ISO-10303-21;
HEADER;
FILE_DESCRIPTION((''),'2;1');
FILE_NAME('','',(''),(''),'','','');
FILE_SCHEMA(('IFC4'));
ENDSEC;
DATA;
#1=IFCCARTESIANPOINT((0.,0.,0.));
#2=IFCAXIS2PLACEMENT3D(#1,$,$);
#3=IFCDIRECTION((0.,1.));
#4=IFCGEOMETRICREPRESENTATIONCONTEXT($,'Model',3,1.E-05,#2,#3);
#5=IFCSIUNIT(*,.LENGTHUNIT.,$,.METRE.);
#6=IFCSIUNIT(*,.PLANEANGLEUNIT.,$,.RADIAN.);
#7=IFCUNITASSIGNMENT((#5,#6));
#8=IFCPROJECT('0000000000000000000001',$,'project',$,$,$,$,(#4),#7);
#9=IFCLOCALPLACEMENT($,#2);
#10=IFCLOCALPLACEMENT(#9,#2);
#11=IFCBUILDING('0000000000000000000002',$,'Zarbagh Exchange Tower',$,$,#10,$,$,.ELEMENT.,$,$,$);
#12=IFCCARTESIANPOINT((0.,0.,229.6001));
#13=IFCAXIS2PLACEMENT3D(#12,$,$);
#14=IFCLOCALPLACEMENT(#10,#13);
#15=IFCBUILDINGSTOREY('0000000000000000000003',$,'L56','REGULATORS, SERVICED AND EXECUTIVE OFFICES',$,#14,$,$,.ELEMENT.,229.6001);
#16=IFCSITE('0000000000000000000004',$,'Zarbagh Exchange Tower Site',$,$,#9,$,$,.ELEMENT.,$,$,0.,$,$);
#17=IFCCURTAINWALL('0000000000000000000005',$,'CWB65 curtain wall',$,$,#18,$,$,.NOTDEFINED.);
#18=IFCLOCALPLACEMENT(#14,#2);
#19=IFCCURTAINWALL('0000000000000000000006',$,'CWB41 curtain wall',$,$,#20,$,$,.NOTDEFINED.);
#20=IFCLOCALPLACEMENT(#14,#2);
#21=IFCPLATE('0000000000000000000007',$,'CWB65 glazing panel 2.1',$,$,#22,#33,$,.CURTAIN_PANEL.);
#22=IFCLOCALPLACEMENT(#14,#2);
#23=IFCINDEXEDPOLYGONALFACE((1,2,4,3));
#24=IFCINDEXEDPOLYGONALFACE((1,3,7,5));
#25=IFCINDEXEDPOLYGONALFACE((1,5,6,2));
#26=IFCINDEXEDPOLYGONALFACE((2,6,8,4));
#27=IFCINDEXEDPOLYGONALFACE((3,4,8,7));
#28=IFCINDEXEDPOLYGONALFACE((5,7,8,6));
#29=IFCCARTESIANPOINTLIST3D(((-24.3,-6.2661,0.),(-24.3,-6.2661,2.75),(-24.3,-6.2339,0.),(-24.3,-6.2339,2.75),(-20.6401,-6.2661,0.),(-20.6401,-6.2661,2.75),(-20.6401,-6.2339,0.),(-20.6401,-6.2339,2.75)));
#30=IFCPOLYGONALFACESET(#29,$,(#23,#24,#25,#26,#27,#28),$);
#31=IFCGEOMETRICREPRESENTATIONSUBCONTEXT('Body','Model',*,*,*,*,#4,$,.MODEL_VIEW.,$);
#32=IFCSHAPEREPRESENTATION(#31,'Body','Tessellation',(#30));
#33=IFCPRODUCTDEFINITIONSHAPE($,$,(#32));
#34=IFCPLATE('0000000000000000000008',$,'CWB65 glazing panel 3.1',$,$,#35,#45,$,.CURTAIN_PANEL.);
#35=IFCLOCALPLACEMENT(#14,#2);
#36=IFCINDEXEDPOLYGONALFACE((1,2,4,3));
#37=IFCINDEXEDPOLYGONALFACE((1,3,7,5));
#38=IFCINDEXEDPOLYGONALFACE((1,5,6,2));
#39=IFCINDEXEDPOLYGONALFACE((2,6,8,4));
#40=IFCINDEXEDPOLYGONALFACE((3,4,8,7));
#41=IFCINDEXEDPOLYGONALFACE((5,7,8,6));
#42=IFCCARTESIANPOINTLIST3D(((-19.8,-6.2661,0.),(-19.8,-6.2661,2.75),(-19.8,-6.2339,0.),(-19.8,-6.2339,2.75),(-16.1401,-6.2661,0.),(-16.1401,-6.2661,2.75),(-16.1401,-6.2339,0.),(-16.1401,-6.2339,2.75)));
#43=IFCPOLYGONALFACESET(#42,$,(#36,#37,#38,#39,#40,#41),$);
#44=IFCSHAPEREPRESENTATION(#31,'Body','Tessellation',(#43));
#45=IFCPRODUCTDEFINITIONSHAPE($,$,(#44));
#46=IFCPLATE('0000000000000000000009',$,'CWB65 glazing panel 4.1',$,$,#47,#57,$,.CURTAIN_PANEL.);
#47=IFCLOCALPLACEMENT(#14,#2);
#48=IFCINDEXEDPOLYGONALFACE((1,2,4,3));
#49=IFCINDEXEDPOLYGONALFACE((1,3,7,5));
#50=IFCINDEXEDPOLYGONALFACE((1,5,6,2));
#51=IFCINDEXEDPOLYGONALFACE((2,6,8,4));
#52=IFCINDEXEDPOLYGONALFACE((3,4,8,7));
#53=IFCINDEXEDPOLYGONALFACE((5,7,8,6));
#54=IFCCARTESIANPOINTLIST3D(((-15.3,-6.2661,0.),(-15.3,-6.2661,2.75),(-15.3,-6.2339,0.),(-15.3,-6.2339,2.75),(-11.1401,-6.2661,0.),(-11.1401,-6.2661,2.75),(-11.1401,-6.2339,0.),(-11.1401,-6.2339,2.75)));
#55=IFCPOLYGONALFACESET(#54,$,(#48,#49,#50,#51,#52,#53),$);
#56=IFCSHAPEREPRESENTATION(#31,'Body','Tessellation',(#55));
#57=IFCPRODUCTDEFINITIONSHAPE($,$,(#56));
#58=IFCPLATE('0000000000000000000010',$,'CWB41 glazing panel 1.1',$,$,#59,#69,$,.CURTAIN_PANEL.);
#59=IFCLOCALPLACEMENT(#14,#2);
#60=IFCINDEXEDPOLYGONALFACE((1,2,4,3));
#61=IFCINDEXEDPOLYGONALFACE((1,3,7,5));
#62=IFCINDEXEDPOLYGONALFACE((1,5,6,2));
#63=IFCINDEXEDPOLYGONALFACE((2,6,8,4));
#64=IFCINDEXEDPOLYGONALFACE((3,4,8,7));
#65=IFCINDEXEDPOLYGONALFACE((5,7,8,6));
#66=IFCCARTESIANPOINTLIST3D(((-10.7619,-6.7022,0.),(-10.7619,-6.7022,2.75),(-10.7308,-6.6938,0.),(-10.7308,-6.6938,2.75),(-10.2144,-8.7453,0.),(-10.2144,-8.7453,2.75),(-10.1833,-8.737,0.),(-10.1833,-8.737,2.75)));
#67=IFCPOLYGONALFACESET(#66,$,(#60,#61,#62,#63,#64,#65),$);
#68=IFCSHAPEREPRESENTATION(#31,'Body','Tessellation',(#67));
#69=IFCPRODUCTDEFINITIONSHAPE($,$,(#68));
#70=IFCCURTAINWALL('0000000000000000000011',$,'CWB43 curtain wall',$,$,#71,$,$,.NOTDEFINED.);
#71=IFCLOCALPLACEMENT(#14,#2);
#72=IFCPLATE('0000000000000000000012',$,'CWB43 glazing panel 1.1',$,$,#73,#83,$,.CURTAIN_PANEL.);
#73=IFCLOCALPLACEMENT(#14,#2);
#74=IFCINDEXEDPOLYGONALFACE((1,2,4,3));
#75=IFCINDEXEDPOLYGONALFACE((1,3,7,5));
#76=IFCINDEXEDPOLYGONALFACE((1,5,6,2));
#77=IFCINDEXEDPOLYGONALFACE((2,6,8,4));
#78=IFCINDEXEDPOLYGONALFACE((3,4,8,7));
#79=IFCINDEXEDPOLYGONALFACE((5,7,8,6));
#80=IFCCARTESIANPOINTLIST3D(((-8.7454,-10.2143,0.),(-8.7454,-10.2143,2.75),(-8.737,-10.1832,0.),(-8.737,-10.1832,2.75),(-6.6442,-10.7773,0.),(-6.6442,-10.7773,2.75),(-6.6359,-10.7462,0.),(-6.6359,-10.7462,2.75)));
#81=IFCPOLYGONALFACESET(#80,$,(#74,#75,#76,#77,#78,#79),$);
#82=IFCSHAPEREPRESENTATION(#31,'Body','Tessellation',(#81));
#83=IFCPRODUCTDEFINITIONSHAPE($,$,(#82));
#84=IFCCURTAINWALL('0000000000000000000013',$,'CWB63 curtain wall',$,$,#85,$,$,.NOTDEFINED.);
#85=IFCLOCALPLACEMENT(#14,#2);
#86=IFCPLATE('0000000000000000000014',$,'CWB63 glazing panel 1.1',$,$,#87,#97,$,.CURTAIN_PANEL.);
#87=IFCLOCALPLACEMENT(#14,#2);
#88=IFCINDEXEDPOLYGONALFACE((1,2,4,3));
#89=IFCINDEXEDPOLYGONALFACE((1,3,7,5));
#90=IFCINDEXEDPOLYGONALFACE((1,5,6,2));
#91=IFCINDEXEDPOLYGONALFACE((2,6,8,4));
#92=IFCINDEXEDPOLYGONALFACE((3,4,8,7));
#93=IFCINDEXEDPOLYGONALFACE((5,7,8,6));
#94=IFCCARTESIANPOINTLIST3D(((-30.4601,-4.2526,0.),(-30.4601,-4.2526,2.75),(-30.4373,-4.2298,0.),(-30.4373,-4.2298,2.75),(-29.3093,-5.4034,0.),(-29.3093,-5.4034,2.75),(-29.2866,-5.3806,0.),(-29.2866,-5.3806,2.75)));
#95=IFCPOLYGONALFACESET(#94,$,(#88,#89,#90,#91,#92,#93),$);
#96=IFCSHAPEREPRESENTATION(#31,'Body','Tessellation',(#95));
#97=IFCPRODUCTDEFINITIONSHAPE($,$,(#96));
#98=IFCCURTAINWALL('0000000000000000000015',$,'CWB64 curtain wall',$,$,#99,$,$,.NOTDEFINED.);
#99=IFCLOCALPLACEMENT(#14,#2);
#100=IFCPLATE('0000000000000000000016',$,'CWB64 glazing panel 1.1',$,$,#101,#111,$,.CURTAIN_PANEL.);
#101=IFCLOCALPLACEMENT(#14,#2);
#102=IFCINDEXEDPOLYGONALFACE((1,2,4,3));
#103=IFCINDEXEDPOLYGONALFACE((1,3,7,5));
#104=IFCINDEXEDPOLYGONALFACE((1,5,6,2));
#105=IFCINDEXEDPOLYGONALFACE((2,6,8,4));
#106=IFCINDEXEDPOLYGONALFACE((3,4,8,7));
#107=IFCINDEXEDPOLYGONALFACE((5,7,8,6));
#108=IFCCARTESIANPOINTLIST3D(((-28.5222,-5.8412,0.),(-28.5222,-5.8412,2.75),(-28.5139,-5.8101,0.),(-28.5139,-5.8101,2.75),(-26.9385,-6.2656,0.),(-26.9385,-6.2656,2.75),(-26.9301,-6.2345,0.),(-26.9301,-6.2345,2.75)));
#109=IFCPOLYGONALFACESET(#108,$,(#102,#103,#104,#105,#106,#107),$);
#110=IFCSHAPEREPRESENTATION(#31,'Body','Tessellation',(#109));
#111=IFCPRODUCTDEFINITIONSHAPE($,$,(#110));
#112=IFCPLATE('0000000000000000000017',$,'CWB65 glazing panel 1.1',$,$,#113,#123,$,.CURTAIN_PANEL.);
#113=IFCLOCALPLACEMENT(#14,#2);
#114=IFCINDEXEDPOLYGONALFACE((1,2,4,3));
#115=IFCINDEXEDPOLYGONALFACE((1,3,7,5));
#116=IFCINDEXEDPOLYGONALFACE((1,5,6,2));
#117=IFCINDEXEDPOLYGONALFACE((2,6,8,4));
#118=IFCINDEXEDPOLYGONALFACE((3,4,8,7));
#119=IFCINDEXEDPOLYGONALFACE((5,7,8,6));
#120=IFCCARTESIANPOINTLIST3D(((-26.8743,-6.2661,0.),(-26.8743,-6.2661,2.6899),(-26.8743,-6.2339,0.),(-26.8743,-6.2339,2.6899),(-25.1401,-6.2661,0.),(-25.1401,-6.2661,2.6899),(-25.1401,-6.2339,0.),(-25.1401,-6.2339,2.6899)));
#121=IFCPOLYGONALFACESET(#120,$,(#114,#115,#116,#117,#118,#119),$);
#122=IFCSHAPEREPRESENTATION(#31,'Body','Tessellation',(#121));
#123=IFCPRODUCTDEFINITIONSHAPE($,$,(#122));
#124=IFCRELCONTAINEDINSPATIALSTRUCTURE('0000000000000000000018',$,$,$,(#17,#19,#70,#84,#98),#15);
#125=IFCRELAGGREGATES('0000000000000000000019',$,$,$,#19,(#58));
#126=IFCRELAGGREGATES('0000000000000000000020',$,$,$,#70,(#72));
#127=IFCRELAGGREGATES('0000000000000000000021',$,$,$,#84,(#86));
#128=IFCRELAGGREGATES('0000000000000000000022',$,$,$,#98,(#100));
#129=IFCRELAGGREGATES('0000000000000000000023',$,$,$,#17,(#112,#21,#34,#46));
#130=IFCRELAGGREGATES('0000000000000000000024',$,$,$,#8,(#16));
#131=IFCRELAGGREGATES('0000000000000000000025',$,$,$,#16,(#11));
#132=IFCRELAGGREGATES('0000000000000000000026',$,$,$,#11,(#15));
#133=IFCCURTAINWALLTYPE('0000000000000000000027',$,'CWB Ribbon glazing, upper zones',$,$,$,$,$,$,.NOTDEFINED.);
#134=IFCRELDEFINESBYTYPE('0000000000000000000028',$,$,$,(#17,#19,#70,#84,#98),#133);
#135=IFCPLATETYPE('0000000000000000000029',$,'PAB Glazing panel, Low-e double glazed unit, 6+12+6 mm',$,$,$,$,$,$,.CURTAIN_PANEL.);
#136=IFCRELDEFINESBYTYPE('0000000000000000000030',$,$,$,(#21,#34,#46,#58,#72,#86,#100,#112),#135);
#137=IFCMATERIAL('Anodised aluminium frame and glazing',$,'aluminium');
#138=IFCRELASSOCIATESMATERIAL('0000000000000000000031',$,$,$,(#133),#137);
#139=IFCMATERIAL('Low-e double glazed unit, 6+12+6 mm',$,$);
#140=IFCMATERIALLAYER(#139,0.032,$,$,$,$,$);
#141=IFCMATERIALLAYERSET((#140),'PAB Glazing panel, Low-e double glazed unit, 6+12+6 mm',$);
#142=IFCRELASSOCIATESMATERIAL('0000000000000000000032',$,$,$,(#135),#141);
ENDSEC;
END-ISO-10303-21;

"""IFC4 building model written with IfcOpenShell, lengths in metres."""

from ifc_helpers import new_model, si_unit, direction, frame, origin, place, context, subcontext, project, spatial, polyline, outline, extrude, source, transform, mapped, material, layer, layer_set, type_object, element, aggregate, save


model = new_model("IFC4")

# Units and contexts
model_context = context("Model", 3, precision=1e-05, world=origin(), true_north=direction((0.0, 1.0)))
body_context = subcontext(model_context, "Body", "Model", "MODEL_VIEW")
ifc_project = project(units=[si_unit("LENGTHUNIT", "METRE"), si_unit("PLANEANGLEUNIT", "RADIAN")], contexts=[model_context])

# Site, building, storey
site_placement = place(None, origin())
site = spatial("IfcSite", under=ifc_project, at=site_placement, Name="Zarbagh Exchange Tower Site", CompositionType="ELEMENT", RefElevation=0.0)
building_placement = place(site_placement, origin())
building = spatial("IfcBuilding", under=site, at=building_placement, Name="Zarbagh Exchange Tower", CompositionType="ELEMENT")
storey_placement = place(building_placement, frame((0.0, 0.0, 229.6001)))
storey = spatial("IfcBuildingStorey", under=building, at=storey_placement, Name="L56", Description="REGULATORS, SERVICED AND EXECUTIVE OFFICES", CompositionType="ELEMENT", Elevation=229.6001)

# Shared definitions
ifc_material_1 = material(Name="Anodised aluminium frame and glazing", Category="aluminium")
curtain_wall_type = type_object("IfcCurtainWallType", Name="CWB Ribbon glazing, upper zones", PredefinedType="NOTDEFINED", material=ifc_material_1)
placement = place(storey_placement, origin())

# Curtain wall
curtain_wall_1_placement = place(storey_placement, origin())
curtain_wall_1 = element("IfcCurtainWall", 1, at=curtain_wall_1_placement, inside=storey, type_object=curtain_wall_type, Name="CWB65 curtain wall", PredefinedType="NOTDEFINED")

# Curtain wall
curtain_wall_2_placement = place(storey_placement, origin())
curtain_wall_2 = element("IfcCurtainWall", 2, at=curtain_wall_2_placement, inside=storey, type_object=curtain_wall_type, Name="CWB41 curtain wall", PredefinedType="NOTDEFINED")

# Shared definitions
ifc_material_2 = material(Name="Low-e double glazed unit, 6+12+6 mm")
ifc_layer = layer(ifc_material_2, 0.032)
ifc_layer_set = layer_set([ifc_layer], Name="PAB Glazing panel, Low-e double glazed unit, 6+12+6 mm")
plate_type = type_object("IfcPlateType", Name="PAB Glazing panel, Low-e double glazed unit, 6+12+6 mm", PredefinedType="CURTAIN_PANEL", material=ifc_layer_set)

# Plates
shared_shape_1 = source(origin(), body_context, "Body", "SweptSolid", [
    extrude(outline(polyline([(0.0, -0.0161), (3.6599, -0.0161), (3.6599, 0.0161), (0.0, 0.0161), (0.0, -0.0161)])), origin(), (0.0, 0.0, 1.0), 2.75),
])
plate_1 = element("IfcPlate", 3, at=placement, type_object=plate_type, Name="CWB65 glazing panel 2.1", PredefinedType="CURTAIN_PANEL", context=body_context, shape_type="MappedRepresentation", body=[
    mapped(shared_shape_1, transform((-24.3, -6.25, 0.0), x_axis=(1.0, 0.0, 0.0), y_axis=(0.0, 1.0, 0.0), z_axis=(0.0, 0.0, 1.0))),
])
plate_2 = element("IfcPlate", 4, at=placement, type_object=plate_type, Name="CWB65 glazing panel 3.1", PredefinedType="CURTAIN_PANEL", context=body_context, shape_type="MappedRepresentation", body=[
    mapped(shared_shape_1, transform((-19.8, -6.25, 0.0), x_axis=(1.0, 0.0, 0.0), y_axis=(0.0, 1.0, 0.0), z_axis=(0.0, 0.0, 1.0))),
])
shared_shape_2 = source(origin(), body_context, "Body", "SweptSolid", [
    extrude(outline(polyline([(0.0, -0.0161), (4.1599, -0.0161), (4.1599, 0.0161), (0.0, 0.0161), (0.0, -0.0161)])), origin(), (0.0, 0.0, 1.0), 2.75),
])
plate_3 = element("IfcPlate", 5, at=placement, type_object=plate_type, Name="CWB65 glazing panel 4.1", PredefinedType="CURTAIN_PANEL", context=body_context, shape_type="MappedRepresentation", body=[
    mapped(shared_shape_2, transform((-15.3, -6.25, 0.0), x_axis=(1.0, 0.0, 0.0), y_axis=(0.0, 1.0, 0.0), z_axis=(0.0, 0.0, 1.0))),
])
shared_shape_3 = source(origin(), body_context, "Body", "SweptSolid", [
    extrude(outline(polyline([(0.0, -0.0161), (2.1152, -0.0161), (2.1152, 0.0161), (0.0, 0.0161), (0.0, -0.0161)])), origin(), (0.0, 0.0, 1.0), 2.75),
])
plate_4 = element("IfcPlate", 6, at=placement, type_object=plate_type, Name="CWB41 glazing panel 1.1", PredefinedType="CURTAIN_PANEL", context=body_context, shape_type="MappedRepresentation", body=[
    mapped(shared_shape_3, transform((-10.7463, -6.698, 0.0), x_axis=(0.258825, -0.965924, 0.0), y_axis=(0.965924, 0.258825, 0.0), z_axis=(0.0, 0.0, 1.0))),
])
aggregate(curtain_wall_2, [plate_4])

# Curtain walls, plates
curtain_wall_3_placement = place(storey_placement, origin())
curtain_wall_3 = element("IfcCurtainWall", 7, at=curtain_wall_3_placement, inside=storey, type_object=curtain_wall_type, Name="CWB43 curtain wall", PredefinedType="NOTDEFINED")
shared_shape_4 = source(origin(), body_context, "Body", "SweptSolid", [
    extrude(outline(polyline([(0.0, -0.0161), (2.1753, -0.0161), (2.1753, 0.0161), (0.0, 0.0161), (0.0, -0.0161)])), origin(), (0.0, 0.0, 1.0), 2.75),
])
plate_5 = element("IfcPlate", 8, at=placement, type_object=plate_type, Name="CWB43 glazing panel 1.1", PredefinedType="CURTAIN_PANEL", context=body_context, shape_type="MappedRepresentation", body=[
    mapped(shared_shape_4, transform((-8.7412, -10.1987, 0.0), x_axis=(0.965924, -0.258825, 0.0), y_axis=(0.258825, 0.965924, 0.0), z_axis=(0.0, 0.0, 1.0))),
])
aggregate(curtain_wall_3, [plate_5])
curtain_wall_4_placement = place(storey_placement, origin())
curtain_wall_4 = element("IfcCurtainWall", 9, at=curtain_wall_4_placement, inside=storey, type_object=curtain_wall_type, Name="CWB63 curtain wall", PredefinedType="NOTDEFINED")
shared_shape_5 = source(origin(), body_context, "Body", "SweptSolid", [
    extrude(outline(polyline([(0.0, -0.0161), (1.6274, -0.0161), (1.6274, 0.0161), (0.0, 0.0161), (0.0, -0.0161)])), origin(), (0.0, 0.0, 1.0), 2.75),
])
plate_6 = element("IfcPlate", 10, at=placement, type_object=plate_type, Name="CWB63 glazing panel 1.1", PredefinedType="CURTAIN_PANEL", context=body_context, shape_type="MappedRepresentation", body=[
    mapped(shared_shape_5, transform((-30.4487, -4.2412, 0.0), x_axis=(0.707107, -0.707107, 0.0), y_axis=(0.707107, 0.707107, 0.0), z_axis=(0.0, 0.0, 1.0))),
])
aggregate(curtain_wall_4, [plate_6])
curtain_wall_5_placement = place(storey_placement, origin())
curtain_wall_5 = element("IfcCurtainWall", 11, at=curtain_wall_5_placement, inside=storey, type_object=curtain_wall_type, Name="CWB64 curtain wall", PredefinedType="NOTDEFINED")
shared_shape_6 = source(origin(), body_context, "Body", "SweptSolid", [
    extrude(outline(polyline([(0.0, -0.0161), (1.6396, -0.0161), (1.6396, 0.0161), (0.0, 0.0161), (0.0, -0.0161)])), origin(), (0.0, 0.0, 1.0), 2.75),
])
plate_7 = element("IfcPlate", 12, at=placement, type_object=plate_type, Name="CWB64 glazing panel 1.1", PredefinedType="CURTAIN_PANEL", context=body_context, shape_type="MappedRepresentation", body=[
    mapped(shared_shape_6, transform((-28.5181, -5.8257, 0.0), x_axis=(0.965924, -0.258825, 0.0), y_axis=(0.258825, 0.965924, 0.0), z_axis=(0.0, 0.0, 1.0))),
])
aggregate(curtain_wall_5, [plate_7])

# Plate
shared_shape_7 = source(origin(), body_context, "Body", "SweptSolid", [
    extrude(outline(polyline([(0.0, -0.0161), (1.7341, -0.0161), (1.7341, 0.0161), (0.0, 0.0161), (0.0, -0.0161)])), origin(), (0.0, 0.0, 1.0), 2.6899),
])
plate_8 = element("IfcPlate", 13, at=placement, type_object=plate_type, Name="CWB65 glazing panel 1.1", PredefinedType="CURTAIN_PANEL", context=body_context, shape_type="MappedRepresentation", body=[
    mapped(shared_shape_7, transform((-26.8743, -6.25, 0.0), x_axis=(1.0, 0.0, 0.0), y_axis=(0.0, 1.0, 0.0), z_axis=(0.0, 0.0, 1.0))),
])
aggregate(curtain_wall_1, [plate_8, plate_1, plate_2, plate_3])

save(model, "model.ifc")
